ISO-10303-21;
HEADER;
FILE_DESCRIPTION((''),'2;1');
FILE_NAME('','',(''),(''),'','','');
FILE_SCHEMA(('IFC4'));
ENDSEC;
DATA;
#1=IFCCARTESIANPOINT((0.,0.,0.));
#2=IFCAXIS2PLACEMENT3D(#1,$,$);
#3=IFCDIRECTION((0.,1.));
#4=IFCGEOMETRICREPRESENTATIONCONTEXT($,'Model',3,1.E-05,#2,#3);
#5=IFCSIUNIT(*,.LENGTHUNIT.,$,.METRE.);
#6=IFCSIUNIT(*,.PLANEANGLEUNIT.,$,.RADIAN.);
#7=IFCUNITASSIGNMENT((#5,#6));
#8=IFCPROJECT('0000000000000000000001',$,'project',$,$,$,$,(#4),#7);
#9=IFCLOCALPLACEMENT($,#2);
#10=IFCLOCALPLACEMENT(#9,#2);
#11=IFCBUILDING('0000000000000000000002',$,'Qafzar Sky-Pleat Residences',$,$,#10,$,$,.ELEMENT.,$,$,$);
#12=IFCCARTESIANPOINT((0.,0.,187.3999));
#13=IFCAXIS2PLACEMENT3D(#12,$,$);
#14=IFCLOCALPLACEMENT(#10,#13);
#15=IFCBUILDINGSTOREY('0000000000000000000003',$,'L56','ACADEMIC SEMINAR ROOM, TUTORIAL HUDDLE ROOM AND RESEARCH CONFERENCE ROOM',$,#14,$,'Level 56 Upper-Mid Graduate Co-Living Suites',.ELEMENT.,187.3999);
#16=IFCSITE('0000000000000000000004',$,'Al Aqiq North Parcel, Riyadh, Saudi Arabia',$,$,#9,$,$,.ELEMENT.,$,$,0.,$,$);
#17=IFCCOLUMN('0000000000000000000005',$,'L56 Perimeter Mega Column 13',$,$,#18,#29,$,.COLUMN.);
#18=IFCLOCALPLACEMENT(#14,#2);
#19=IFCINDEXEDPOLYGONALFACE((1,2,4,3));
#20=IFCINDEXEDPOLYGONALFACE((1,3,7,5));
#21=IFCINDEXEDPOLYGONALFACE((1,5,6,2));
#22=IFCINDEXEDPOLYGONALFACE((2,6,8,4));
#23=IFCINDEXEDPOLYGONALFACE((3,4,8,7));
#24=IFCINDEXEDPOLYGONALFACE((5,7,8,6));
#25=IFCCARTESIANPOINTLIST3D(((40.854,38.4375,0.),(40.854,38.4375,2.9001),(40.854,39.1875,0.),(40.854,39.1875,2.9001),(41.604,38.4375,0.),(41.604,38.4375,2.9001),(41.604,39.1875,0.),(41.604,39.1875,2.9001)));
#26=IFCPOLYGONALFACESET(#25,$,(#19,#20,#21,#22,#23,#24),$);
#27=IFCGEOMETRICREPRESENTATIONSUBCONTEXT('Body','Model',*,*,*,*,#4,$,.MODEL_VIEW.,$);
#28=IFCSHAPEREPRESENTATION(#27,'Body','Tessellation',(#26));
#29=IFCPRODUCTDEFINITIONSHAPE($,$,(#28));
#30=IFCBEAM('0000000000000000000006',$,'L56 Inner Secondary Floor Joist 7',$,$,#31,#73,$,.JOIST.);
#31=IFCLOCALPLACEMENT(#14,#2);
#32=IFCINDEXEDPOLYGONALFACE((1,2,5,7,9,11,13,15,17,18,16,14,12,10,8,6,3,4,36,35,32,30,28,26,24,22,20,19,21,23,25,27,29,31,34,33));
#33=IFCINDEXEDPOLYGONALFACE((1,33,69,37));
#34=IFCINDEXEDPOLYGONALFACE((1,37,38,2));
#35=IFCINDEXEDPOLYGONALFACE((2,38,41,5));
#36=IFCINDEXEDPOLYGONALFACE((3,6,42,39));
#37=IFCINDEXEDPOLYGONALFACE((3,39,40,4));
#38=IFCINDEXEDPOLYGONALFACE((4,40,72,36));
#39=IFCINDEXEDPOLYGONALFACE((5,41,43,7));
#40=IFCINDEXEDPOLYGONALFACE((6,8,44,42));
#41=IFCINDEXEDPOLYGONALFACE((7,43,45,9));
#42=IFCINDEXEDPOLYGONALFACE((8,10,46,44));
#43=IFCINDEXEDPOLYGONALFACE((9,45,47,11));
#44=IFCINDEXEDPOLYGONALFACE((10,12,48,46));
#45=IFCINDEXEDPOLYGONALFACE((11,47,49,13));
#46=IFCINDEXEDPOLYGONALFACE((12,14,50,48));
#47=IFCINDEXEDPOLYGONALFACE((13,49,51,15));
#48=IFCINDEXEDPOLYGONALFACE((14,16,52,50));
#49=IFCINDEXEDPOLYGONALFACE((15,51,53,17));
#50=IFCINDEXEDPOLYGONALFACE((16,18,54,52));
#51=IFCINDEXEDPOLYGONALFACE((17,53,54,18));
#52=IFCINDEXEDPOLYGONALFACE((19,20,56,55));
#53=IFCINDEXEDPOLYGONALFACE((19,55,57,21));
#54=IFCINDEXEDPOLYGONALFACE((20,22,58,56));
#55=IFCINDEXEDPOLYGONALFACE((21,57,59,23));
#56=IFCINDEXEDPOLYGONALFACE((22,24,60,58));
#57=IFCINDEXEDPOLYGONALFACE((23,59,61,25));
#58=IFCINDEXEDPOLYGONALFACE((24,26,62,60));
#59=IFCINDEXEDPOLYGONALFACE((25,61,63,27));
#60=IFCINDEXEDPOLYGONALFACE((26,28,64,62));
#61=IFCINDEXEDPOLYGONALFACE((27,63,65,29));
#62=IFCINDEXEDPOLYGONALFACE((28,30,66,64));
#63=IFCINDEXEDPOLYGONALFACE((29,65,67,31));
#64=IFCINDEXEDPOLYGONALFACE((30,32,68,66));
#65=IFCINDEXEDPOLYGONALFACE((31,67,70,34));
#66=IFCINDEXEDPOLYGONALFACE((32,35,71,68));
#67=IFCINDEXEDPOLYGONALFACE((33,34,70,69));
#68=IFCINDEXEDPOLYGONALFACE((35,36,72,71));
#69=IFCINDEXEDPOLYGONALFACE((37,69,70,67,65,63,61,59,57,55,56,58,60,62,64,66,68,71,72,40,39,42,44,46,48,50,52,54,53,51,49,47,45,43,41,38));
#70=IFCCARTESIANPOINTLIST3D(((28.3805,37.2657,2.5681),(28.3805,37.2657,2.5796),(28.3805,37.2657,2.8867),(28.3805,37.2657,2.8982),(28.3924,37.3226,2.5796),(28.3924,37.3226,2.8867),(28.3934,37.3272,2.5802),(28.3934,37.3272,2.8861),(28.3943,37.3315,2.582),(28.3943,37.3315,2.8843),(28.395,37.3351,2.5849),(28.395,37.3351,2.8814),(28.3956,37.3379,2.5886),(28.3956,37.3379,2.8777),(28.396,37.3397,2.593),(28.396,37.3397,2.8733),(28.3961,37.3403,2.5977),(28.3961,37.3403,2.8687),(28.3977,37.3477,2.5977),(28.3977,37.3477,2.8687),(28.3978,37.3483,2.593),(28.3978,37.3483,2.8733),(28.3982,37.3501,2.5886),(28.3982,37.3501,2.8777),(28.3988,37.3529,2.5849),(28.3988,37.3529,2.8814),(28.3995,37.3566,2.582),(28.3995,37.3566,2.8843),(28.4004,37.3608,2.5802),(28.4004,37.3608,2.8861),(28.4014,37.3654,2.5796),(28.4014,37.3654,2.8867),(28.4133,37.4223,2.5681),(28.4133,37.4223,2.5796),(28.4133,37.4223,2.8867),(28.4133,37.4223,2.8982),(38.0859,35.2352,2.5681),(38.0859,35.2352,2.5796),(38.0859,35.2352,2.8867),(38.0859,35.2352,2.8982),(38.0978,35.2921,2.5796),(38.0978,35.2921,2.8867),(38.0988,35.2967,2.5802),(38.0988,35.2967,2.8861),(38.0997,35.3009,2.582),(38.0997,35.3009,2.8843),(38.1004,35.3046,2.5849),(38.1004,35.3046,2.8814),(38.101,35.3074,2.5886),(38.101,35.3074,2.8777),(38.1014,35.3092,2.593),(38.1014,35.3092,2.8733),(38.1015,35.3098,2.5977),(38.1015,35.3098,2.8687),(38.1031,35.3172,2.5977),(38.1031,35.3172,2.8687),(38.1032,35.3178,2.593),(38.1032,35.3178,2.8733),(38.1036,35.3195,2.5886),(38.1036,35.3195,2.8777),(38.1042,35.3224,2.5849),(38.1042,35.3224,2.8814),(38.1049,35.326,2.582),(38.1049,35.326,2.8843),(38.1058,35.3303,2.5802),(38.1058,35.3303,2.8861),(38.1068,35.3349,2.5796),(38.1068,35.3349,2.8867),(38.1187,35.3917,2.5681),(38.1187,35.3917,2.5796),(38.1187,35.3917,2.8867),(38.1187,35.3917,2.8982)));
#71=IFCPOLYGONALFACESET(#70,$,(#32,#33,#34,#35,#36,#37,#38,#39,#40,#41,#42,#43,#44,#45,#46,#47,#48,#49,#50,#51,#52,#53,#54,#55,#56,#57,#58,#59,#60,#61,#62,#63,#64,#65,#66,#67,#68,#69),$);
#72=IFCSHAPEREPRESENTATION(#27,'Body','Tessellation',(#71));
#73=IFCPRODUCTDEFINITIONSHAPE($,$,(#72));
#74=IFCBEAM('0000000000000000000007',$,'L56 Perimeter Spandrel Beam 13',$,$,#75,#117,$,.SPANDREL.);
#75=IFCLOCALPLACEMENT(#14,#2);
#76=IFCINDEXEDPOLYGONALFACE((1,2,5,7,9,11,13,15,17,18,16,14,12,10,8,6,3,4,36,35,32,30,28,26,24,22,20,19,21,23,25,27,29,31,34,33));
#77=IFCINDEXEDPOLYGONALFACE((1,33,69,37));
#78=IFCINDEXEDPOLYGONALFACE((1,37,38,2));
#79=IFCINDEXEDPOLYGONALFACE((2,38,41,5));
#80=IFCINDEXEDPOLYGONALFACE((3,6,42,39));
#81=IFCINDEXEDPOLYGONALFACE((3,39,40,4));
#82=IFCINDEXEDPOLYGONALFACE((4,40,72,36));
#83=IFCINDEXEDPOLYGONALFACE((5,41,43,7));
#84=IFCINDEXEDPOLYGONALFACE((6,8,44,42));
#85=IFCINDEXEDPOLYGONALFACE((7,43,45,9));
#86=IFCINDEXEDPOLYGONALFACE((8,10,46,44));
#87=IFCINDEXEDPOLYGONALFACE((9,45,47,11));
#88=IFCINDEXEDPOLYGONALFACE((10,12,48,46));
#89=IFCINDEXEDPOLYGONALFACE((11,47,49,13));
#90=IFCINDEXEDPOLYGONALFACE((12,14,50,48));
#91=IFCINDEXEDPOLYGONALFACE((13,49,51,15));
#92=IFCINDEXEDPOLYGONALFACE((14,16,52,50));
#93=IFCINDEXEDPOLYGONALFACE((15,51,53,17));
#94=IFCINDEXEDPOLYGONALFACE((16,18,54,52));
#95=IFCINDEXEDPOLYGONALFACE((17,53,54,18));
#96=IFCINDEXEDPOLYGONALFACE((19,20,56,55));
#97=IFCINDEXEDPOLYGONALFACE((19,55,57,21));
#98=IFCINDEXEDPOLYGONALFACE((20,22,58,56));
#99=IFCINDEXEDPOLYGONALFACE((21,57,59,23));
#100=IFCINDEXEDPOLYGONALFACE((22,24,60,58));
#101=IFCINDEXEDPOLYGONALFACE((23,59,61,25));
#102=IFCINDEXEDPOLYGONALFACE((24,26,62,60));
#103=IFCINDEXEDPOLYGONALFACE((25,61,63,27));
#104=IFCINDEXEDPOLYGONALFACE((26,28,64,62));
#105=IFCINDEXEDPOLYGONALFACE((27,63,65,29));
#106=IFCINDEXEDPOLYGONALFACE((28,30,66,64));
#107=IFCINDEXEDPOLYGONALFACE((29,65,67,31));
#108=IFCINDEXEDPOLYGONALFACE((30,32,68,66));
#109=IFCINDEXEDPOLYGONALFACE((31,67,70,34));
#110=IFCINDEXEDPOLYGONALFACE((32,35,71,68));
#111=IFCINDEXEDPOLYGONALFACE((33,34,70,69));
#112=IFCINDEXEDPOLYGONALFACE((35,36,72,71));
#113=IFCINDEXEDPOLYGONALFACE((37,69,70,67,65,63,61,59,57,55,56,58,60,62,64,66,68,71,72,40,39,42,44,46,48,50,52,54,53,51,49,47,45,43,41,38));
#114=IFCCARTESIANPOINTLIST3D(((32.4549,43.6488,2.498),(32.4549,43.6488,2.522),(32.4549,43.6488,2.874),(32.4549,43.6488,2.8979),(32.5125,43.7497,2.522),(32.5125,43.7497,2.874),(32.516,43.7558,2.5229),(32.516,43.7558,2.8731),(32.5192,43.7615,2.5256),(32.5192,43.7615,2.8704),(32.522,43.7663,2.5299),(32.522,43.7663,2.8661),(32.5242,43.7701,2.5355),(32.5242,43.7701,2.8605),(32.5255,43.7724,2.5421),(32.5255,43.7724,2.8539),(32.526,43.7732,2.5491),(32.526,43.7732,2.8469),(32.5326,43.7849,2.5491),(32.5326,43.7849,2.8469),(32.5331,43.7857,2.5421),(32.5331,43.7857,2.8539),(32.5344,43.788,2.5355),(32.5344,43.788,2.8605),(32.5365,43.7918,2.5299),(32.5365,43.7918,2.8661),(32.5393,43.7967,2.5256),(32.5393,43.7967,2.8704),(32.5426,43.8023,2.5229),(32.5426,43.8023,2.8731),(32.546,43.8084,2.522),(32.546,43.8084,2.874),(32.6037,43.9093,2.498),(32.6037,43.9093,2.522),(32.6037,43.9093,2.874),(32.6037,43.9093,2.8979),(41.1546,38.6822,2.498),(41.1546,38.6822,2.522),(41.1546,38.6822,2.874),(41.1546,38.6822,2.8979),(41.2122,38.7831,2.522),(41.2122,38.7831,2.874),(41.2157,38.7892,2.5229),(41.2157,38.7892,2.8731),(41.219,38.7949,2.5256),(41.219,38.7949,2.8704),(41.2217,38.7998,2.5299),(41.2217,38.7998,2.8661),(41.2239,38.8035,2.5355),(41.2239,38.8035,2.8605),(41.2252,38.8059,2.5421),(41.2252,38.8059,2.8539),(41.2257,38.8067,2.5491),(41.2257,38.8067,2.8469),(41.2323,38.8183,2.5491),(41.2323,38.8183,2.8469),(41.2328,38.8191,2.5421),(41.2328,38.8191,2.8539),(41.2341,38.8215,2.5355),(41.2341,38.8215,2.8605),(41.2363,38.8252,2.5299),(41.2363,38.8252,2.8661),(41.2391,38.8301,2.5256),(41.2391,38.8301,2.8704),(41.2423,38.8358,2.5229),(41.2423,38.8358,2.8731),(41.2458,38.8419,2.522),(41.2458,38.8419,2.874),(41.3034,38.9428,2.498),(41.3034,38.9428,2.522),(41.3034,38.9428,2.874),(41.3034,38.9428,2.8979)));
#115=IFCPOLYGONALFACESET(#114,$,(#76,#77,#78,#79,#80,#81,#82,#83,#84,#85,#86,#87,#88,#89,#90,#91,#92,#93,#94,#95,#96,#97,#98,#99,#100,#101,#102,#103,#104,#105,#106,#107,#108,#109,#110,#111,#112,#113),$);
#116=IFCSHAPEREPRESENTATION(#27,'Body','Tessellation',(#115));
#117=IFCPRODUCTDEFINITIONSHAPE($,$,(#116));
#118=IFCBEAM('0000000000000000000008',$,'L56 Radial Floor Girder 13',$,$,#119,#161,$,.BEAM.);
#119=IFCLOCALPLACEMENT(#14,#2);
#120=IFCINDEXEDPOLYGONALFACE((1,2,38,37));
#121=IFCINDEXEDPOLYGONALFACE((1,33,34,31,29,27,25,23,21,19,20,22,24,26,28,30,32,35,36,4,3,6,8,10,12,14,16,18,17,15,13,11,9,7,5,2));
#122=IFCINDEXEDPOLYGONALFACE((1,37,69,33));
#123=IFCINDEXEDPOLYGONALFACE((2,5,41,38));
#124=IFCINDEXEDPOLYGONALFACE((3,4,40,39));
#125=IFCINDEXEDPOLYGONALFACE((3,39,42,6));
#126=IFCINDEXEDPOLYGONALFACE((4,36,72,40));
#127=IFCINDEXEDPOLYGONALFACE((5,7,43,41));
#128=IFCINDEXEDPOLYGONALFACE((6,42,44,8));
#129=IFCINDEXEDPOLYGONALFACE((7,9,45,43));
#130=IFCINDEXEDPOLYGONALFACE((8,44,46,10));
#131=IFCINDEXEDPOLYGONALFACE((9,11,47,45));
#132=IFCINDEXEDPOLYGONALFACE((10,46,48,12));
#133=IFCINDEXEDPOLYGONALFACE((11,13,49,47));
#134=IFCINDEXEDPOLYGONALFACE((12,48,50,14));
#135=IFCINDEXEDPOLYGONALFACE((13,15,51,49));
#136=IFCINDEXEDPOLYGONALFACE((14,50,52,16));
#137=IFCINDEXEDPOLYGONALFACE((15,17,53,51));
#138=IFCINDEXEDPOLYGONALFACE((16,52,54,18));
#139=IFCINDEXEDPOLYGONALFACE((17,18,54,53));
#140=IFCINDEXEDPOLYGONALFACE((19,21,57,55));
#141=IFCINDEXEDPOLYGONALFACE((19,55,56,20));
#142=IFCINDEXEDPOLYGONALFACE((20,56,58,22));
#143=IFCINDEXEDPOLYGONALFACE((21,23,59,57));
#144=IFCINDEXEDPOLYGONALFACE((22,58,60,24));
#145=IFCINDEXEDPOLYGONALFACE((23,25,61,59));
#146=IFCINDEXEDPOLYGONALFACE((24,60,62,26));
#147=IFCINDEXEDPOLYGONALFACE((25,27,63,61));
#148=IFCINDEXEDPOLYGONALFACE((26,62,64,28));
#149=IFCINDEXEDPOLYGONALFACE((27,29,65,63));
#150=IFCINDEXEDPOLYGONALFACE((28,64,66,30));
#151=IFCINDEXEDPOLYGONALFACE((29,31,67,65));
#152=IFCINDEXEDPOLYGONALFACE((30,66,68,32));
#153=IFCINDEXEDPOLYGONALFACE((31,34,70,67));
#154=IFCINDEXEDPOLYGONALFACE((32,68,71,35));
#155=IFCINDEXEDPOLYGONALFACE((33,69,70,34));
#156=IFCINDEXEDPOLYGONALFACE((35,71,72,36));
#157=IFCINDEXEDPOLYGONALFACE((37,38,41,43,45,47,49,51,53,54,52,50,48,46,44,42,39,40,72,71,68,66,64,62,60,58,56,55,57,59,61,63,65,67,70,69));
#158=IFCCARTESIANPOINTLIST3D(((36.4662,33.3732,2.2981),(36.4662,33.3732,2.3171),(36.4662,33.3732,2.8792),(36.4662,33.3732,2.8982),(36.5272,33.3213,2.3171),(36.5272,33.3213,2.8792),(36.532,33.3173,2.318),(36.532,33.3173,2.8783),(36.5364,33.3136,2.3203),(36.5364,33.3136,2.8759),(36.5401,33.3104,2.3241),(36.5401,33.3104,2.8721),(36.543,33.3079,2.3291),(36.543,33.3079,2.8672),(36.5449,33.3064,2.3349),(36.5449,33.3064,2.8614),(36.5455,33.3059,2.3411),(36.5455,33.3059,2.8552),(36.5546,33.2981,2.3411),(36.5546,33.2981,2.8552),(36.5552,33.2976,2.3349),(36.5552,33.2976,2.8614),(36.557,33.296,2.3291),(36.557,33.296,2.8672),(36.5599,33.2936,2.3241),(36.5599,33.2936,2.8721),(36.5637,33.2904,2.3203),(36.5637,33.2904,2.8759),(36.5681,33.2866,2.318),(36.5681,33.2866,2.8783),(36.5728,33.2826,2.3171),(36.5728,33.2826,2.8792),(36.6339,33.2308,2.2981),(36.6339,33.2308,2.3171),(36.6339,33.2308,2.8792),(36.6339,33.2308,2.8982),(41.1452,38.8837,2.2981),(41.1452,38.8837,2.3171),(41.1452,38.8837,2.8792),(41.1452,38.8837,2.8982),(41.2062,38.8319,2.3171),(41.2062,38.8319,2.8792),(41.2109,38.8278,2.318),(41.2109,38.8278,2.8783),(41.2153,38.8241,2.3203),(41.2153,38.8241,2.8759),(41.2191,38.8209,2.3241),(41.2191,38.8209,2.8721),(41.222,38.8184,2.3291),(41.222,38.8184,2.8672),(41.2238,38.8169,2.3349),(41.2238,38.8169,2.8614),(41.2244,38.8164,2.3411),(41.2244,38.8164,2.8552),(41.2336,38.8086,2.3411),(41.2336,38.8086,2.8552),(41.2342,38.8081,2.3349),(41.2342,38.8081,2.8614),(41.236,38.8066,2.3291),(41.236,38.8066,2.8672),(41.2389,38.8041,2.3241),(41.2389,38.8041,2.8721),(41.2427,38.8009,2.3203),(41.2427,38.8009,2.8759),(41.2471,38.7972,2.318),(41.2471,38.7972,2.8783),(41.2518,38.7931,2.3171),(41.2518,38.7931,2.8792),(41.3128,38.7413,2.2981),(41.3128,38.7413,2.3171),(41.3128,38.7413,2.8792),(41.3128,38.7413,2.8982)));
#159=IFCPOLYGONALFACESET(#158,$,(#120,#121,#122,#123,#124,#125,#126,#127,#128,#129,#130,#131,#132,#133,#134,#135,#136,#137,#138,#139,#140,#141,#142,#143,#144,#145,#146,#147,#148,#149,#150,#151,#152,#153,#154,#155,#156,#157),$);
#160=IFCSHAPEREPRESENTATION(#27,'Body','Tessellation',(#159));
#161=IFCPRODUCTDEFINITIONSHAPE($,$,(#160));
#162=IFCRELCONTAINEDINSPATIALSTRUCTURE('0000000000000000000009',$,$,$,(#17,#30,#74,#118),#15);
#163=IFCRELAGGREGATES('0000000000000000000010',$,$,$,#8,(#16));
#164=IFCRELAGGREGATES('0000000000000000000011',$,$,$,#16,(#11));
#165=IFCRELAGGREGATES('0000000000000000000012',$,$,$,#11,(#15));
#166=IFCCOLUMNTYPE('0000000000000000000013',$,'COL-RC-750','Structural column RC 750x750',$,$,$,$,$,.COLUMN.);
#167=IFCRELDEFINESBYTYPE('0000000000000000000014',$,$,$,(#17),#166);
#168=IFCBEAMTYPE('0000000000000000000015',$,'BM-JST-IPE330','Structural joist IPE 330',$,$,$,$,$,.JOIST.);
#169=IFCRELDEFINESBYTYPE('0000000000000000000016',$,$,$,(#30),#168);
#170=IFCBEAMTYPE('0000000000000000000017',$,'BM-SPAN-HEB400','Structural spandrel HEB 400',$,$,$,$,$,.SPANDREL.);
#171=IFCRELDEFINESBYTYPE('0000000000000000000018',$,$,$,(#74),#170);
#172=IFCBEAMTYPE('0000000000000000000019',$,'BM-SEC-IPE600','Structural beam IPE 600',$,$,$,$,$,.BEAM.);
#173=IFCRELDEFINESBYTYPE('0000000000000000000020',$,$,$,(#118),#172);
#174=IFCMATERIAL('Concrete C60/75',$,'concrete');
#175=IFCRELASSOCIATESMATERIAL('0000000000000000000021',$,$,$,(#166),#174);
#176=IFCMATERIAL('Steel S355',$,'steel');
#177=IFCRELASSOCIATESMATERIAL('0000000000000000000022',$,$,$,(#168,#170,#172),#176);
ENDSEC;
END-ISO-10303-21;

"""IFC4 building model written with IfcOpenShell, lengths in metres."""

from ifc_helpers import new_model, si_unit, direction, frame, origin, origin_2d, place, context, subcontext, project, spatial, rectangle, i_section, extrude, source, transform, mapped, material, material_profile, profile_set, type_object, element, save


model = new_model("IFC4")

# Units and contexts
model_context = context("Model", 3, precision=1e-05, world=origin(), true_north=direction((0.0, 1.0)))
body_context = subcontext(model_context, "Body", "Model", "MODEL_VIEW")
ifc_project = project(units=[si_unit("LENGTHUNIT", "METRE"), si_unit("PLANEANGLEUNIT", "RADIAN")], contexts=[model_context])

# Site, building, storey
site_placement = place(None, origin())
site = spatial("IfcSite", under=ifc_project, at=site_placement, Name="Al Aqiq North Parcel, Riyadh, Saudi Arabia", CompositionType="ELEMENT", RefElevation=0.0)
building_placement = place(site_placement, origin())
building = spatial("IfcBuilding", under=site, at=building_placement, Name="Qafzar Sky-Pleat Residences", CompositionType="ELEMENT")
storey_placement = place(building_placement, frame((0.0, 0.0, 187.3999)))
storey = spatial("IfcBuildingStorey", under=building, at=storey_placement, Name="L56", Description="ACADEMIC SEMINAR ROOM, TUTORIAL HUDDLE ROOM AND RESEARCH CONFERENCE ROOM", LongName="Level 56 Upper-Mid Graduate Co-Living Suites", CompositionType="ELEMENT", Elevation=187.3999)

# Column
ifc_material_1 = material(Name="Concrete C60/75", Category="concrete")
ifc_material_profile_1 = material_profile(ifc_material_1, rectangle(XDim=0.75, YDim=0.75, at=origin_2d()), Name="RC 750x750")
ifc_profile_set_1 = profile_set([ifc_material_profile_1], Name="Concrete C60/75")
column_type = type_object("IfcColumnType", Name="COL-RC-750", Description="Structural column RC 750x750", PredefinedType="COLUMN", material=ifc_profile_set_1)
shared_shape_1 = source(origin(), body_context, "Body", "SweptSolid", [
    extrude(rectangle(XDim=0.75, YDim=0.75, at=origin_2d()), origin(), (0.0, 0.0, 1.0), 2.9001),
])
column_placement = place(storey_placement, frame((41.229, 38.8125, 0.0), z_axis=(0.0, 0.0, 1.0), x_axis=(1.0, 0.0, 0.0)))
element("IfcColumn", 1, at=column_placement, inside=storey, type_object=column_type, Name="L56 Perimeter Mega Column 13", PredefinedType="COLUMN", context=body_context, shape_type="MappedRepresentation", body=[
    mapped(shared_shape_1, transform((0.0, 0.0, 0.0), x_axis=(1.0, 0.0, 0.0), y_axis=(0.0, 1.0, 0.0), z_axis=(0.0, 0.0, 1.0), scale=1.0)),
])

# Beams
ifc_material_2 = material(Name="Steel S355", Category="steel")
ifc_material_profile_2 = material_profile(ifc_material_2, i_section(OverallWidth=0.1599, OverallDepth=0.3301, WebThickness=0.0076, FlangeThickness=0.0115, FilletRadius=0.0181, at=origin_2d()), Name="IPE 330")
ifc_profile_set_2 = profile_set([ifc_material_profile_2], Name="Steel S355")
beam_type_1 = type_object("IfcBeamType", Name="BM-JST-IPE330", Description="Structural joist IPE 330", PredefinedType="JOIST", material=ifc_profile_set_2)
shared_shape_2 = source(origin(), body_context, "Body", "SweptSolid", [
    extrude(i_section(OverallWidth=0.1599, OverallDepth=0.3301, WebThickness=0.0076, FlangeThickness=0.0115, FilletRadius=0.0181, at=origin_2d()), origin(), (0.0, 0.0, 1.0), 9.9155),
])
beam_1_placement = place(storey_placement, frame((38.1023, 35.3135, 2.7332), z_axis=(-0.978807, 0.204783, 0.0), x_axis=(-0.204783, -0.978807, 0.0)))
element("IfcBeam", 2, at=beam_1_placement, inside=storey, type_object=beam_type_1, Name="L56 Inner Secondary Floor Joist 7", PredefinedType="JOIST", context=body_context, shape_type="MappedRepresentation", body=[
    mapped(shared_shape_2, transform((0.0, 0.0, 0.0), x_axis=(1.0, 0.0, 0.0), y_axis=(0.0, 1.0, 0.0), z_axis=(0.0, 0.0, 1.0), scale=1.0)),
])
ifc_material_profile_3 = material_profile(ifc_material_2, i_section(OverallWidth=0.3, OverallDepth=0.3999, WebThickness=0.0134, FlangeThickness=0.0239, FilletRadius=0.0271, at=origin_2d()), Name="HEB 400")
ifc_profile_set_3 = profile_set([ifc_material_profile_3], Name="Steel S355")
beam_type_2 = type_object("IfcBeamType", Name="BM-SPAN-HEB400", Description="Structural spandrel HEB 400", PredefinedType="SPANDREL", material=ifc_profile_set_3)
shared_shape_3 = source(origin(), body_context, "Body", "SweptSolid", [
    extrude(i_section(OverallWidth=0.3, OverallDepth=0.3999, WebThickness=0.0134, FlangeThickness=0.0239, FilletRadius=0.0271, at=origin_2d()), origin(), (0.0, 0.0, 1.0), 10.0176),
])
beam_2_placement = place(storey_placement, frame((41.229, 38.8125, 2.698), z_axis=(-0.868446, 0.495785, 0.0), x_axis=(-0.495785, -0.868446, 0.0)))
element("IfcBeam", 3, at=beam_2_placement, inside=storey, type_object=beam_type_2, Name="L56 Perimeter Spandrel Beam 13", PredefinedType="SPANDREL", context=body_context, shape_type="MappedRepresentation", body=[
    mapped(shared_shape_3, transform((0.0, 0.0, 0.0), x_axis=(1.0, 0.0, 0.0), y_axis=(0.0, 1.0, 0.0), z_axis=(0.0, 0.0, 1.0), scale=1.0)),
])
ifc_material_profile_4 = material_profile(ifc_material_2, i_section(OverallWidth=0.22, OverallDepth=0.6001, WebThickness=0.012, FlangeThickness=0.019, FilletRadius=0.0239, at=origin_2d()), Name="IPE 600")
ifc_profile_set_4 = profile_set([ifc_material_profile_4], Name="Steel S355")
beam_type_3 = type_object("IfcBeamType", Name="BM-SEC-IPE600", Description="Structural beam IPE 600", PredefinedType="BEAM", material=ifc_profile_set_4)
shared_shape_4 = source(origin(), body_context, "Body", "SweptSolid", [
    extrude(i_section(OverallWidth=0.22, OverallDepth=0.6001, WebThickness=0.012, FlangeThickness=0.019, FilletRadius=0.0239, at=origin_2d()), origin(), (0.0, 0.0, 1.0), 7.229),
])
beam_3_placement = place(storey_placement, frame((41.229, 38.8125, 2.5981), z_axis=(-0.647249, -0.762278, 0.0), x_axis=(0.762278, -0.647249, 0.0)))
element("IfcBeam", 4, at=beam_3_placement, inside=storey, type_object=beam_type_3, Name="L56 Radial Floor Girder 13", PredefinedType="BEAM", context=body_context, shape_type="MappedRepresentation", body=[
    mapped(shared_shape_4, transform((0.0, 0.0, 0.0), x_axis=(1.0, 0.0, 0.0), y_axis=(0.0, 1.0, 0.0), z_axis=(0.0, 0.0, 1.0), scale=1.0)),
])

save(model, "model.ifc")
